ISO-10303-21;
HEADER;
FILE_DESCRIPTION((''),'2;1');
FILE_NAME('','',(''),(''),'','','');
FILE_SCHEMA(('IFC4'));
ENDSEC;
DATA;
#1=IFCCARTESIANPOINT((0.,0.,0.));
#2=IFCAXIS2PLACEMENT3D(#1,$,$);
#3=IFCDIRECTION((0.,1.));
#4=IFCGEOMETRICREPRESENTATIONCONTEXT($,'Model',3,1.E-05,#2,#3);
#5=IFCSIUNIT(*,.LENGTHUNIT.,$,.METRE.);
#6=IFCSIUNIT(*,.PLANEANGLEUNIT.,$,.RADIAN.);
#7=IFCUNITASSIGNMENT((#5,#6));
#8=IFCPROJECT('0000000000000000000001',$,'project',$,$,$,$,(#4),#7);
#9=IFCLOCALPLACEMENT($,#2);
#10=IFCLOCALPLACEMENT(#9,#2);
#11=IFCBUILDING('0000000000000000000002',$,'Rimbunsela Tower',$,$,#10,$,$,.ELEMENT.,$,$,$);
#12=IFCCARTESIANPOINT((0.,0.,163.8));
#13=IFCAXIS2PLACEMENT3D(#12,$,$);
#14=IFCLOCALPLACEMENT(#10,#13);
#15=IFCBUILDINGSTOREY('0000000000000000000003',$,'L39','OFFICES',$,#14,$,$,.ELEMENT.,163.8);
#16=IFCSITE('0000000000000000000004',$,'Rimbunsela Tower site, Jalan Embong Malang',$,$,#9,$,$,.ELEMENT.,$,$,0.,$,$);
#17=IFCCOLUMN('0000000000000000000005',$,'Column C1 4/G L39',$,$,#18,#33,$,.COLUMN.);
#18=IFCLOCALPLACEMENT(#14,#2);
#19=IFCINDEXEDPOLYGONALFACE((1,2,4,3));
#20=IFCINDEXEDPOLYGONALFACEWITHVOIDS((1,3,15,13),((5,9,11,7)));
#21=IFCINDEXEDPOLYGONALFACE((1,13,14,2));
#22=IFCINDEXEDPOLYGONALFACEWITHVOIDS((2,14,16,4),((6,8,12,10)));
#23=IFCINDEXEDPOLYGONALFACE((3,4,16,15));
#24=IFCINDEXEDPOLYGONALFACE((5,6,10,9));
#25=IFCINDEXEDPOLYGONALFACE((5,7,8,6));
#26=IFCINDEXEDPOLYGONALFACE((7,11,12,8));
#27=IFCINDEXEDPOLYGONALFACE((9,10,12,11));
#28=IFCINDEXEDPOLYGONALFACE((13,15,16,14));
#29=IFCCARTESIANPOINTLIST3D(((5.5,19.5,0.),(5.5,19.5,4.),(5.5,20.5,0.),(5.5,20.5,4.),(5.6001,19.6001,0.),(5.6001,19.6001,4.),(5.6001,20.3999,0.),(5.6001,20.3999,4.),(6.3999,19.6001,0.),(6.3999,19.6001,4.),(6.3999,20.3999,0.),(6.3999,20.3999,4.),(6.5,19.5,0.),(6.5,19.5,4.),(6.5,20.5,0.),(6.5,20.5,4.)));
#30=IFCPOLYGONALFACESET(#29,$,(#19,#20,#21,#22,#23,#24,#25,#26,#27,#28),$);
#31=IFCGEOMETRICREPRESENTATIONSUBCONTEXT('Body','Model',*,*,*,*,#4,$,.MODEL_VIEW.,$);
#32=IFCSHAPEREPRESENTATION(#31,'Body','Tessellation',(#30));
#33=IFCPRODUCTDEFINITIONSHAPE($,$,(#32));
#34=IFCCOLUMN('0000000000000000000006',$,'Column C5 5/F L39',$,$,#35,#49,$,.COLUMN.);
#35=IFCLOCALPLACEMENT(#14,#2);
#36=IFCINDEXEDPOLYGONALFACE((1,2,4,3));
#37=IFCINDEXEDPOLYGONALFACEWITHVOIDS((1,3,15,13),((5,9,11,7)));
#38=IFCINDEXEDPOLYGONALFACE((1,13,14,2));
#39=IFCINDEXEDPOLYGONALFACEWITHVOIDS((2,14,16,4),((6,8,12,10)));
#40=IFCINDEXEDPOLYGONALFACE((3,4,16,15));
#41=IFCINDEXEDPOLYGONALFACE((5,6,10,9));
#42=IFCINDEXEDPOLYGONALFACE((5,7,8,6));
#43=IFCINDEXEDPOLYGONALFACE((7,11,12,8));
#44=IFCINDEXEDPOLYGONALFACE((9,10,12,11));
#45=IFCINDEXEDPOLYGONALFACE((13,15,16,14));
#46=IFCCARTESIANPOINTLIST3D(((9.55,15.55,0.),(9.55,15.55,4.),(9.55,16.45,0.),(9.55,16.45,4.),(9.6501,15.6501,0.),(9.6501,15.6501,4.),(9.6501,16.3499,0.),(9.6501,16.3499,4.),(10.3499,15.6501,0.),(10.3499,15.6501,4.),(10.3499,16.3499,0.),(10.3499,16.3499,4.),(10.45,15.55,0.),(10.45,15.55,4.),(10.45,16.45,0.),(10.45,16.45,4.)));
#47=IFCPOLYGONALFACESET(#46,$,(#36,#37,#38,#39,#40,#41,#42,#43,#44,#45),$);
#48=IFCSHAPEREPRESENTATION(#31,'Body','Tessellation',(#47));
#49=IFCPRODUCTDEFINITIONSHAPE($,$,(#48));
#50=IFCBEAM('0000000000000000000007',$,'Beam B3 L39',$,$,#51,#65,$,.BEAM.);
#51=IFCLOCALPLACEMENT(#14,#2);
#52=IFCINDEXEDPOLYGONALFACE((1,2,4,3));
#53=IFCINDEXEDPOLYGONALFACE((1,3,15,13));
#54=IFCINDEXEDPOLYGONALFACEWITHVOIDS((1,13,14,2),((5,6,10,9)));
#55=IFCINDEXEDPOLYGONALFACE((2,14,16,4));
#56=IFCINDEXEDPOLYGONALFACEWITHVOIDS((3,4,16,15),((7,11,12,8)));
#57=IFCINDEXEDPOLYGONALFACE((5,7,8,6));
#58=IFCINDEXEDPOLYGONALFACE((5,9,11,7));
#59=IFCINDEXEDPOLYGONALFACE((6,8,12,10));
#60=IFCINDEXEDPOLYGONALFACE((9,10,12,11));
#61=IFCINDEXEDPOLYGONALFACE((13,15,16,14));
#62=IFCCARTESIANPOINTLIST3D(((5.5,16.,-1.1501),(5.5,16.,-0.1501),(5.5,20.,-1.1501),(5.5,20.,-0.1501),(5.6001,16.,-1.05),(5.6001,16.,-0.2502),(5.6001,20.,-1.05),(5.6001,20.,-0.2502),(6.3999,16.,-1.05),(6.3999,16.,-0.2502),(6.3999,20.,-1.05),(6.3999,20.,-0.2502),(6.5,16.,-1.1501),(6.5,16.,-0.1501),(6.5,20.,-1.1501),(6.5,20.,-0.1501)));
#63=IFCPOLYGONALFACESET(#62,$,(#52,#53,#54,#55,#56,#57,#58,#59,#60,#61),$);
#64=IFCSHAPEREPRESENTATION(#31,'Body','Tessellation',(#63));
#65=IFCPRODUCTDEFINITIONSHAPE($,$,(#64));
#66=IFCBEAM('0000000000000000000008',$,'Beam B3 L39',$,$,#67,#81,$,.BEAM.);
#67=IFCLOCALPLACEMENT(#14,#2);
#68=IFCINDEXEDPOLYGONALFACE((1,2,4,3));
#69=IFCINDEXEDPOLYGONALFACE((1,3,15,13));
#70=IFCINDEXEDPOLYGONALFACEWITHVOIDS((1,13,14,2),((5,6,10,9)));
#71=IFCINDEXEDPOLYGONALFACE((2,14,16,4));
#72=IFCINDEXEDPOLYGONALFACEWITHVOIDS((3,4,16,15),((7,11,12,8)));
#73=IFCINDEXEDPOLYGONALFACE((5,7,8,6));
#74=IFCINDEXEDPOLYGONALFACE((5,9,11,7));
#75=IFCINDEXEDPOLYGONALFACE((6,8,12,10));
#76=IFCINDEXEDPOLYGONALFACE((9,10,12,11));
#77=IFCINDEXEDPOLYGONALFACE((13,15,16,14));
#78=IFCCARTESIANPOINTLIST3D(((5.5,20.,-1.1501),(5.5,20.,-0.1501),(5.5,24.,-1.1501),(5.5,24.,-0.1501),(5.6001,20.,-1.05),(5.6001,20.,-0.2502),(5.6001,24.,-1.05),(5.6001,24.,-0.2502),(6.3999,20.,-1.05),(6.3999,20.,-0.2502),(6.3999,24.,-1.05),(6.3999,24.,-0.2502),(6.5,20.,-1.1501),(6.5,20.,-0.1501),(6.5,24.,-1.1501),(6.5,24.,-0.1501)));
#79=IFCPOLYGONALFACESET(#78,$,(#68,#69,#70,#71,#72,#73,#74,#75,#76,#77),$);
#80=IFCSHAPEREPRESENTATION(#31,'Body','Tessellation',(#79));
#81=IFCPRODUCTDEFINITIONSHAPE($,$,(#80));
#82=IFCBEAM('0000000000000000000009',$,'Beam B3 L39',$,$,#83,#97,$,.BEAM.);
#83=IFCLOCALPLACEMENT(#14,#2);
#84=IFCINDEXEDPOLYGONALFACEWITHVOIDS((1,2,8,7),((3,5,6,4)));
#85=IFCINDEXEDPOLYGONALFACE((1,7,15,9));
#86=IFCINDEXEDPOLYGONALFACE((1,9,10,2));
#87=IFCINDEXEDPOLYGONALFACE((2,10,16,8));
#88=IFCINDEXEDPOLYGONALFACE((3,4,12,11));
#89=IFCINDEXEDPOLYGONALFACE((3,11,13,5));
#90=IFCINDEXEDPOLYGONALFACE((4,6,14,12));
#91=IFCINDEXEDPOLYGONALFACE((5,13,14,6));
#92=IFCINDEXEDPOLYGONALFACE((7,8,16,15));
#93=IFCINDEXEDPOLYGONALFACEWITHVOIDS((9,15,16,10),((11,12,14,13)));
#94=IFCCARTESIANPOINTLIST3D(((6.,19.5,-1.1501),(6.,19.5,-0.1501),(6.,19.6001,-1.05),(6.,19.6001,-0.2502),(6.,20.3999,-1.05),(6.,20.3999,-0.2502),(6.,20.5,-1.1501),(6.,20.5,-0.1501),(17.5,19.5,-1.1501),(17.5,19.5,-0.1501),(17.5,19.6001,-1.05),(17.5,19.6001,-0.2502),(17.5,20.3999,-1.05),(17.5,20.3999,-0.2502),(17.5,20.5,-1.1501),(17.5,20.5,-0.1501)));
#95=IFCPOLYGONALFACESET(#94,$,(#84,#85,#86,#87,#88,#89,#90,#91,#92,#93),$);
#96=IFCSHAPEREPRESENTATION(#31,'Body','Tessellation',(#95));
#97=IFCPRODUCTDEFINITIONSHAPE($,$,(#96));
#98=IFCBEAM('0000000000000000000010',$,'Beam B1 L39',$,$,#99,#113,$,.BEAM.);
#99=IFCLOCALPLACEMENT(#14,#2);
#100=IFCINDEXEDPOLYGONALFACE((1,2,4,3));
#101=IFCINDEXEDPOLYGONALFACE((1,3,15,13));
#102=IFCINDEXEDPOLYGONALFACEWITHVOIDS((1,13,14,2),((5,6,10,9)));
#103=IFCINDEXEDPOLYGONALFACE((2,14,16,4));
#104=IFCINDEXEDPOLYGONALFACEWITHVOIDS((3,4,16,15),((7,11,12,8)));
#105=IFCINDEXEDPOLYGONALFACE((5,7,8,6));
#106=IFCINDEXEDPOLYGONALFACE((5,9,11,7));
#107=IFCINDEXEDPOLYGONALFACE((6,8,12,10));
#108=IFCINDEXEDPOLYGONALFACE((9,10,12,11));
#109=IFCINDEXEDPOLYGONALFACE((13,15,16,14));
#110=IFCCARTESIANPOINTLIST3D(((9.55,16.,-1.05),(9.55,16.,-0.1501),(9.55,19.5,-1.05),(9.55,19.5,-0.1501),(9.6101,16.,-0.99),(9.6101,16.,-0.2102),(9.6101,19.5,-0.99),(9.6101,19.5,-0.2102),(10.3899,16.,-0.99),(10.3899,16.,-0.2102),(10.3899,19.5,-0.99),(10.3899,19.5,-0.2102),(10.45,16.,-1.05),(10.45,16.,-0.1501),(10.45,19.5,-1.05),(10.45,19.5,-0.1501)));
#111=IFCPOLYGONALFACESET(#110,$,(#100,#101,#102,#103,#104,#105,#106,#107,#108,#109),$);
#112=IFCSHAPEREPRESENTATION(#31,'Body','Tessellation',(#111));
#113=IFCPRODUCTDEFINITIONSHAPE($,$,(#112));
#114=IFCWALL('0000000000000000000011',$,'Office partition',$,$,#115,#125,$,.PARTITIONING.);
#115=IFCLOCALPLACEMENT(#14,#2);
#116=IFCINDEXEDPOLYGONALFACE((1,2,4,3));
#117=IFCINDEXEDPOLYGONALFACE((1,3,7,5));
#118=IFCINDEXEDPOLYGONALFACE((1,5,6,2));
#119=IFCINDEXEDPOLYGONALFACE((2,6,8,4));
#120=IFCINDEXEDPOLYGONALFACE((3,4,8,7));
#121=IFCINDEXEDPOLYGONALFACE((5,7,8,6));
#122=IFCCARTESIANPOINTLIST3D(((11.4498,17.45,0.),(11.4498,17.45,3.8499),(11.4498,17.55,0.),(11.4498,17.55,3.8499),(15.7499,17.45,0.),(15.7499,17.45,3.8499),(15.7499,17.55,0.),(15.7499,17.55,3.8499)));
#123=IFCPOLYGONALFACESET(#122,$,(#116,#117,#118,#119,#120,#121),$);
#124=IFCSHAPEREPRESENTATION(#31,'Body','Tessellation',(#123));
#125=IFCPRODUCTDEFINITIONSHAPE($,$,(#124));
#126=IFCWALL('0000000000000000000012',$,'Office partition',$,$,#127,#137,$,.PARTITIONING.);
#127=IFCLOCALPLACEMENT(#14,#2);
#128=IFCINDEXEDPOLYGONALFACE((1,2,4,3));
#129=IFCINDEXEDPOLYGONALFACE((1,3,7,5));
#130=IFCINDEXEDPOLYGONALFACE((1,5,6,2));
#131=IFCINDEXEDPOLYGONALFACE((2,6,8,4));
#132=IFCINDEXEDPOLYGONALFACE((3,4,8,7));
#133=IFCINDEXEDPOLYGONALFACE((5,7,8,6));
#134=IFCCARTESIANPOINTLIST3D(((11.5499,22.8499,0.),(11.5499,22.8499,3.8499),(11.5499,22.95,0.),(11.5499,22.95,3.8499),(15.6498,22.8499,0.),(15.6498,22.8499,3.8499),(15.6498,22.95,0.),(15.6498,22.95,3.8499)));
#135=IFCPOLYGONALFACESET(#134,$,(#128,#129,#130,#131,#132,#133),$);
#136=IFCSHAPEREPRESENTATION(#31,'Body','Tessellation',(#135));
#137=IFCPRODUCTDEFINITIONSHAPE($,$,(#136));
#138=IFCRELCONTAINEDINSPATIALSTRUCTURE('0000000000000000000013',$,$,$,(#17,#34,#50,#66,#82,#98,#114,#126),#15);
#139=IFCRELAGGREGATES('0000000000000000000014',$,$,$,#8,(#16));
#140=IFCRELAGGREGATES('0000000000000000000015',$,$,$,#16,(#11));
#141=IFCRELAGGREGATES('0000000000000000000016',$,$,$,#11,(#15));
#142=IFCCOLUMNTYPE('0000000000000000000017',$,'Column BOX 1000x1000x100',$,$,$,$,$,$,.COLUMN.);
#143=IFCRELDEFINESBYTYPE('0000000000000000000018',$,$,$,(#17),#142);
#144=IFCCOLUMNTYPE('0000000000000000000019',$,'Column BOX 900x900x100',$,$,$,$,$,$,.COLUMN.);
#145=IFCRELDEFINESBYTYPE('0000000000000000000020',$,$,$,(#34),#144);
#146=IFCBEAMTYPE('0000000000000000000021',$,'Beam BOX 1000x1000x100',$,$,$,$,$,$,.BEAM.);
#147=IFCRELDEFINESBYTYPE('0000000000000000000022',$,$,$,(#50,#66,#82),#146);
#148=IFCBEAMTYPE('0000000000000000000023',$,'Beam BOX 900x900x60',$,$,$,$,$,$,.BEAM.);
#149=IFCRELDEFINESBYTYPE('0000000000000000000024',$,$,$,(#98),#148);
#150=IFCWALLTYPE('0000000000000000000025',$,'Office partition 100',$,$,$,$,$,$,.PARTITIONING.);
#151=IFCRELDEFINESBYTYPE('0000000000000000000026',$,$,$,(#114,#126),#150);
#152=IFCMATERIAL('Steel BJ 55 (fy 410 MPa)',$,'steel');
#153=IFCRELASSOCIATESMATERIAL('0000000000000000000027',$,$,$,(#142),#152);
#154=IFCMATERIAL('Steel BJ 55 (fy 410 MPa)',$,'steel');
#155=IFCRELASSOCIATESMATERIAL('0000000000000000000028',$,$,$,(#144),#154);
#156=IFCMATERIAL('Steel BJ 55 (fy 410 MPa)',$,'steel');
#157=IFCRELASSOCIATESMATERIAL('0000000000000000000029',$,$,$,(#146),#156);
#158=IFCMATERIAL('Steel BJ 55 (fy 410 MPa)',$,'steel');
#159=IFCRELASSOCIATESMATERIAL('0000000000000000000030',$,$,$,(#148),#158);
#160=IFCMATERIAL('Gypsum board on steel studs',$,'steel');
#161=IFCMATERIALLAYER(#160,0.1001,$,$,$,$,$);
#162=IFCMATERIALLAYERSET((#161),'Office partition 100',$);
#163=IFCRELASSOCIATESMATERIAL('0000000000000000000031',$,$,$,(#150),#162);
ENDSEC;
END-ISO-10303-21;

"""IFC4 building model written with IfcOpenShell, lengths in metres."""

from ifc_helpers import new_model, si_unit, direction, frame, frame_2d, origin, origin_2d, place, context, subcontext, project, spatial, rectangle, hollow_rectangle, extrude, material, layer, layer_set, material_profile, profile_set, type_object, element, save


model = new_model("IFC4")

# Units and contexts
model_context = context("Model", 3, precision=1e-05, world=origin(), true_north=direction((0.0, 1.0)))
body_context = subcontext(model_context, "Body", "Model", "MODEL_VIEW")
ifc_project = project(units=[si_unit("LENGTHUNIT", "METRE"), si_unit("PLANEANGLEUNIT", "RADIAN")], contexts=[model_context])

# Site, building, storey
site_placement = place(None, origin())
site = spatial("IfcSite", under=ifc_project, at=site_placement, Name="Rimbunsela Tower site, Jalan Embong Malang", CompositionType="ELEMENT", RefElevation=0.0)
building_placement = place(site_placement, origin())
building = spatial("IfcBuilding", under=site, at=building_placement, Name="Rimbunsela Tower", CompositionType="ELEMENT")
storey_placement = place(building_placement, frame((0.0, 0.0, 163.8)))
storey = spatial("IfcBuildingStorey", under=building, at=storey_placement, Name="L39", Description="OFFICES", CompositionType="ELEMENT", Elevation=163.8)

# Columns
ifc_material_1 = material(Name="Steel BJ 55 (fy 410 MPa)", Category="steel")
ifc_material_profile_1 = material_profile(ifc_material_1, hollow_rectangle(XDim=1.0, YDim=1.0, WallThickness=0.1001, at=origin_2d()), Name="BOX 1000x1000x100")
ifc_profile_set_1 = profile_set([ifc_material_profile_1], Name="Steel BJ 55 (fy 410 MPa)")
column_type_1 = type_object("IfcColumnType", Name="Column BOX 1000x1000x100", PredefinedType="COLUMN", material=ifc_profile_set_1)
column_1_placement = place(storey_placement, frame((6.0, 20.0, 0.0), z_axis=(0.0, 0.0, 1.0), x_axis=(1.0, 0.0, 0.0)))
element("IfcColumn", 1, at=column_1_placement, inside=storey, type_object=column_type_1, Name="Column C1 4/G L39", PredefinedType="COLUMN", context=body_context, shape_type="SweptSolid", body=[
    extrude(hollow_rectangle(XDim=1.0, YDim=1.0, WallThickness=0.1001, at=origin_2d()), origin(), (0.0, 0.0, 1.0), 4.0),
])
ifc_material_2 = material(Name="Steel BJ 55 (fy 410 MPa)", Category="steel")
ifc_material_profile_2 = material_profile(ifc_material_2, hollow_rectangle(XDim=0.8999, YDim=0.8999, WallThickness=0.1001, at=origin_2d()), Name="BOX 900x900x100")
ifc_profile_set_2 = profile_set([ifc_material_profile_2], Name="Steel BJ 55 (fy 410 MPa)")
column_type_2 = type_object("IfcColumnType", Name="Column BOX 900x900x100", PredefinedType="COLUMN", material=ifc_profile_set_2)
column_2_placement = place(storey_placement, frame((10.0, 16.0, 0.0), z_axis=(0.0, 0.0, 1.0), x_axis=(1.0, 0.0, 0.0)))
element("IfcColumn", 2, at=column_2_placement, inside=storey, type_object=column_type_2, Name="Column C5 5/F L39", PredefinedType="COLUMN", context=body_context, shape_type="SweptSolid", body=[
    extrude(hollow_rectangle(XDim=0.8999, YDim=0.8999, WallThickness=0.1001, at=origin_2d()), origin(), (0.0, 0.0, 1.0), 4.0),
])

# Beams
ifc_material_3 = material(Name="Steel BJ 55 (fy 410 MPa)", Category="steel")
ifc_material_profile_3 = material_profile(ifc_material_3, hollow_rectangle(XDim=1.0, YDim=1.0, WallThickness=0.1001, at=origin_2d()), Name="BOX 1000x1000x100")
ifc_profile_set_3 = profile_set([ifc_material_profile_3], Name="Steel BJ 55 (fy 410 MPa)")
beam_type_1 = type_object("IfcBeamType", Name="Beam BOX 1000x1000x100", PredefinedType="BEAM", material=ifc_profile_set_3)
for number, where, z_axis, x_axis, name in (
    (3, (6.0, 16.0, -0.6501), (0.0, 1.0, 0.0), (-1.0, 0.0, 0.0), "Beam B3 L39"),
    (4, (6.0, 20.0, -0.6501), (0.0, 1.0, 0.0), (-1.0, 0.0, 0.0), "Beam B3 L39"),
):
    element("IfcBeam", number, at=place(storey_placement, frame(where, z_axis=z_axis, x_axis=x_axis)), inside=storey, type_object=beam_type_1, Name=name, PredefinedType="BEAM", context=body_context, shape_type="SweptSolid", body=[
        extrude(hollow_rectangle(XDim=1.0, YDim=1.0, WallThickness=0.1001, at=origin_2d()), origin(), (0.0, 0.0, 1.0), 4.0),
    ])
beam_1_placement = place(storey_placement, frame((6.0, 20.0, -0.6501), z_axis=(1.0, 0.0, 0.0), x_axis=(0.0, 1.0, 0.0)))
element("IfcBeam", 5, at=beam_1_placement, inside=storey, type_object=beam_type_1, Name="Beam B3 L39", PredefinedType="BEAM", context=body_context, shape_type="SweptSolid", body=[
    extrude(hollow_rectangle(XDim=1.0, YDim=1.0, WallThickness=0.1001, at=origin_2d()), origin(), (0.0, 0.0, 1.0), 11.5),
])
ifc_material_4 = material(Name="Steel BJ 55 (fy 410 MPa)", Category="steel")
ifc_material_profile_4 = material_profile(ifc_material_4, hollow_rectangle(XDim=0.8999, YDim=0.8999, WallThickness=0.0601, at=origin_2d()), Name="BOX 900x900x60")
ifc_profile_set_4 = profile_set([ifc_material_profile_4], Name="Steel BJ 55 (fy 410 MPa)")
beam_type_2 = type_object("IfcBeamType", Name="Beam BOX 900x900x60", PredefinedType="BEAM", material=ifc_profile_set_4)
beam_2_placement = place(storey_placement, frame((10.0, 16.0, -0.6001), z_axis=(0.0, 1.0, 0.0), x_axis=(-1.0, 0.0, 0.0)))
element("IfcBeam", 6, at=beam_2_placement, inside=storey, type_object=beam_type_2, Name="Beam B1 L39", PredefinedType="BEAM", context=body_context, shape_type="SweptSolid", body=[
    extrude(hollow_rectangle(XDim=0.8999, YDim=0.8999, WallThickness=0.0601, at=origin_2d()), origin(), (0.0, 0.0, 1.0), 3.5),
])

# Walls
ifc_material_5 = material(Name="Gypsum board on steel studs", Category="steel")
ifc_layer_1 = layer(ifc_material_5, 0.1001)
ifc_layer_set_1 = layer_set([ifc_layer_1], Name="Office partition 100")
wall_type_1 = type_object("IfcWallType", Name="Office partition 100", PredefinedType="PARTITIONING", material=ifc_layer_set_1)
wall_1_placement = place(storey_placement, frame((11.45, 17.5, 0.0), z_axis=(0.0, 0.0, 1.0), x_axis=(1.0, 0.0, 0.0)))
element("IfcWall", 7, at=wall_1_placement, inside=storey, type_object=wall_type_1, Name="Office partition", PredefinedType="PARTITIONING", context=body_context, shape_type="SweptSolid", body=[
    extrude(rectangle(XDim=4.3, YDim=0.1001, at=frame_2d((2.1499, 0.0))), origin(), (0.0, 0.0, 1.0), 3.8499),
])
wall_2_placement = place(storey_placement, frame((11.55, 22.8999, 0.0), z_axis=(0.0, 0.0, 1.0), x_axis=(1.0, 0.0, 0.0)))
element("IfcWall", 8, at=wall_2_placement, inside=storey, type_object=wall_type_1, Name="Office partition", PredefinedType="PARTITIONING", context=body_context, shape_type="SweptSolid", body=[
    extrude(rectangle(XDim=4.0999, YDim=0.1001, at=frame_2d((2.0498, 0.0))), origin(), (0.0, 0.0, 1.0), 3.8499),
])

save(model, "model.ifc")
